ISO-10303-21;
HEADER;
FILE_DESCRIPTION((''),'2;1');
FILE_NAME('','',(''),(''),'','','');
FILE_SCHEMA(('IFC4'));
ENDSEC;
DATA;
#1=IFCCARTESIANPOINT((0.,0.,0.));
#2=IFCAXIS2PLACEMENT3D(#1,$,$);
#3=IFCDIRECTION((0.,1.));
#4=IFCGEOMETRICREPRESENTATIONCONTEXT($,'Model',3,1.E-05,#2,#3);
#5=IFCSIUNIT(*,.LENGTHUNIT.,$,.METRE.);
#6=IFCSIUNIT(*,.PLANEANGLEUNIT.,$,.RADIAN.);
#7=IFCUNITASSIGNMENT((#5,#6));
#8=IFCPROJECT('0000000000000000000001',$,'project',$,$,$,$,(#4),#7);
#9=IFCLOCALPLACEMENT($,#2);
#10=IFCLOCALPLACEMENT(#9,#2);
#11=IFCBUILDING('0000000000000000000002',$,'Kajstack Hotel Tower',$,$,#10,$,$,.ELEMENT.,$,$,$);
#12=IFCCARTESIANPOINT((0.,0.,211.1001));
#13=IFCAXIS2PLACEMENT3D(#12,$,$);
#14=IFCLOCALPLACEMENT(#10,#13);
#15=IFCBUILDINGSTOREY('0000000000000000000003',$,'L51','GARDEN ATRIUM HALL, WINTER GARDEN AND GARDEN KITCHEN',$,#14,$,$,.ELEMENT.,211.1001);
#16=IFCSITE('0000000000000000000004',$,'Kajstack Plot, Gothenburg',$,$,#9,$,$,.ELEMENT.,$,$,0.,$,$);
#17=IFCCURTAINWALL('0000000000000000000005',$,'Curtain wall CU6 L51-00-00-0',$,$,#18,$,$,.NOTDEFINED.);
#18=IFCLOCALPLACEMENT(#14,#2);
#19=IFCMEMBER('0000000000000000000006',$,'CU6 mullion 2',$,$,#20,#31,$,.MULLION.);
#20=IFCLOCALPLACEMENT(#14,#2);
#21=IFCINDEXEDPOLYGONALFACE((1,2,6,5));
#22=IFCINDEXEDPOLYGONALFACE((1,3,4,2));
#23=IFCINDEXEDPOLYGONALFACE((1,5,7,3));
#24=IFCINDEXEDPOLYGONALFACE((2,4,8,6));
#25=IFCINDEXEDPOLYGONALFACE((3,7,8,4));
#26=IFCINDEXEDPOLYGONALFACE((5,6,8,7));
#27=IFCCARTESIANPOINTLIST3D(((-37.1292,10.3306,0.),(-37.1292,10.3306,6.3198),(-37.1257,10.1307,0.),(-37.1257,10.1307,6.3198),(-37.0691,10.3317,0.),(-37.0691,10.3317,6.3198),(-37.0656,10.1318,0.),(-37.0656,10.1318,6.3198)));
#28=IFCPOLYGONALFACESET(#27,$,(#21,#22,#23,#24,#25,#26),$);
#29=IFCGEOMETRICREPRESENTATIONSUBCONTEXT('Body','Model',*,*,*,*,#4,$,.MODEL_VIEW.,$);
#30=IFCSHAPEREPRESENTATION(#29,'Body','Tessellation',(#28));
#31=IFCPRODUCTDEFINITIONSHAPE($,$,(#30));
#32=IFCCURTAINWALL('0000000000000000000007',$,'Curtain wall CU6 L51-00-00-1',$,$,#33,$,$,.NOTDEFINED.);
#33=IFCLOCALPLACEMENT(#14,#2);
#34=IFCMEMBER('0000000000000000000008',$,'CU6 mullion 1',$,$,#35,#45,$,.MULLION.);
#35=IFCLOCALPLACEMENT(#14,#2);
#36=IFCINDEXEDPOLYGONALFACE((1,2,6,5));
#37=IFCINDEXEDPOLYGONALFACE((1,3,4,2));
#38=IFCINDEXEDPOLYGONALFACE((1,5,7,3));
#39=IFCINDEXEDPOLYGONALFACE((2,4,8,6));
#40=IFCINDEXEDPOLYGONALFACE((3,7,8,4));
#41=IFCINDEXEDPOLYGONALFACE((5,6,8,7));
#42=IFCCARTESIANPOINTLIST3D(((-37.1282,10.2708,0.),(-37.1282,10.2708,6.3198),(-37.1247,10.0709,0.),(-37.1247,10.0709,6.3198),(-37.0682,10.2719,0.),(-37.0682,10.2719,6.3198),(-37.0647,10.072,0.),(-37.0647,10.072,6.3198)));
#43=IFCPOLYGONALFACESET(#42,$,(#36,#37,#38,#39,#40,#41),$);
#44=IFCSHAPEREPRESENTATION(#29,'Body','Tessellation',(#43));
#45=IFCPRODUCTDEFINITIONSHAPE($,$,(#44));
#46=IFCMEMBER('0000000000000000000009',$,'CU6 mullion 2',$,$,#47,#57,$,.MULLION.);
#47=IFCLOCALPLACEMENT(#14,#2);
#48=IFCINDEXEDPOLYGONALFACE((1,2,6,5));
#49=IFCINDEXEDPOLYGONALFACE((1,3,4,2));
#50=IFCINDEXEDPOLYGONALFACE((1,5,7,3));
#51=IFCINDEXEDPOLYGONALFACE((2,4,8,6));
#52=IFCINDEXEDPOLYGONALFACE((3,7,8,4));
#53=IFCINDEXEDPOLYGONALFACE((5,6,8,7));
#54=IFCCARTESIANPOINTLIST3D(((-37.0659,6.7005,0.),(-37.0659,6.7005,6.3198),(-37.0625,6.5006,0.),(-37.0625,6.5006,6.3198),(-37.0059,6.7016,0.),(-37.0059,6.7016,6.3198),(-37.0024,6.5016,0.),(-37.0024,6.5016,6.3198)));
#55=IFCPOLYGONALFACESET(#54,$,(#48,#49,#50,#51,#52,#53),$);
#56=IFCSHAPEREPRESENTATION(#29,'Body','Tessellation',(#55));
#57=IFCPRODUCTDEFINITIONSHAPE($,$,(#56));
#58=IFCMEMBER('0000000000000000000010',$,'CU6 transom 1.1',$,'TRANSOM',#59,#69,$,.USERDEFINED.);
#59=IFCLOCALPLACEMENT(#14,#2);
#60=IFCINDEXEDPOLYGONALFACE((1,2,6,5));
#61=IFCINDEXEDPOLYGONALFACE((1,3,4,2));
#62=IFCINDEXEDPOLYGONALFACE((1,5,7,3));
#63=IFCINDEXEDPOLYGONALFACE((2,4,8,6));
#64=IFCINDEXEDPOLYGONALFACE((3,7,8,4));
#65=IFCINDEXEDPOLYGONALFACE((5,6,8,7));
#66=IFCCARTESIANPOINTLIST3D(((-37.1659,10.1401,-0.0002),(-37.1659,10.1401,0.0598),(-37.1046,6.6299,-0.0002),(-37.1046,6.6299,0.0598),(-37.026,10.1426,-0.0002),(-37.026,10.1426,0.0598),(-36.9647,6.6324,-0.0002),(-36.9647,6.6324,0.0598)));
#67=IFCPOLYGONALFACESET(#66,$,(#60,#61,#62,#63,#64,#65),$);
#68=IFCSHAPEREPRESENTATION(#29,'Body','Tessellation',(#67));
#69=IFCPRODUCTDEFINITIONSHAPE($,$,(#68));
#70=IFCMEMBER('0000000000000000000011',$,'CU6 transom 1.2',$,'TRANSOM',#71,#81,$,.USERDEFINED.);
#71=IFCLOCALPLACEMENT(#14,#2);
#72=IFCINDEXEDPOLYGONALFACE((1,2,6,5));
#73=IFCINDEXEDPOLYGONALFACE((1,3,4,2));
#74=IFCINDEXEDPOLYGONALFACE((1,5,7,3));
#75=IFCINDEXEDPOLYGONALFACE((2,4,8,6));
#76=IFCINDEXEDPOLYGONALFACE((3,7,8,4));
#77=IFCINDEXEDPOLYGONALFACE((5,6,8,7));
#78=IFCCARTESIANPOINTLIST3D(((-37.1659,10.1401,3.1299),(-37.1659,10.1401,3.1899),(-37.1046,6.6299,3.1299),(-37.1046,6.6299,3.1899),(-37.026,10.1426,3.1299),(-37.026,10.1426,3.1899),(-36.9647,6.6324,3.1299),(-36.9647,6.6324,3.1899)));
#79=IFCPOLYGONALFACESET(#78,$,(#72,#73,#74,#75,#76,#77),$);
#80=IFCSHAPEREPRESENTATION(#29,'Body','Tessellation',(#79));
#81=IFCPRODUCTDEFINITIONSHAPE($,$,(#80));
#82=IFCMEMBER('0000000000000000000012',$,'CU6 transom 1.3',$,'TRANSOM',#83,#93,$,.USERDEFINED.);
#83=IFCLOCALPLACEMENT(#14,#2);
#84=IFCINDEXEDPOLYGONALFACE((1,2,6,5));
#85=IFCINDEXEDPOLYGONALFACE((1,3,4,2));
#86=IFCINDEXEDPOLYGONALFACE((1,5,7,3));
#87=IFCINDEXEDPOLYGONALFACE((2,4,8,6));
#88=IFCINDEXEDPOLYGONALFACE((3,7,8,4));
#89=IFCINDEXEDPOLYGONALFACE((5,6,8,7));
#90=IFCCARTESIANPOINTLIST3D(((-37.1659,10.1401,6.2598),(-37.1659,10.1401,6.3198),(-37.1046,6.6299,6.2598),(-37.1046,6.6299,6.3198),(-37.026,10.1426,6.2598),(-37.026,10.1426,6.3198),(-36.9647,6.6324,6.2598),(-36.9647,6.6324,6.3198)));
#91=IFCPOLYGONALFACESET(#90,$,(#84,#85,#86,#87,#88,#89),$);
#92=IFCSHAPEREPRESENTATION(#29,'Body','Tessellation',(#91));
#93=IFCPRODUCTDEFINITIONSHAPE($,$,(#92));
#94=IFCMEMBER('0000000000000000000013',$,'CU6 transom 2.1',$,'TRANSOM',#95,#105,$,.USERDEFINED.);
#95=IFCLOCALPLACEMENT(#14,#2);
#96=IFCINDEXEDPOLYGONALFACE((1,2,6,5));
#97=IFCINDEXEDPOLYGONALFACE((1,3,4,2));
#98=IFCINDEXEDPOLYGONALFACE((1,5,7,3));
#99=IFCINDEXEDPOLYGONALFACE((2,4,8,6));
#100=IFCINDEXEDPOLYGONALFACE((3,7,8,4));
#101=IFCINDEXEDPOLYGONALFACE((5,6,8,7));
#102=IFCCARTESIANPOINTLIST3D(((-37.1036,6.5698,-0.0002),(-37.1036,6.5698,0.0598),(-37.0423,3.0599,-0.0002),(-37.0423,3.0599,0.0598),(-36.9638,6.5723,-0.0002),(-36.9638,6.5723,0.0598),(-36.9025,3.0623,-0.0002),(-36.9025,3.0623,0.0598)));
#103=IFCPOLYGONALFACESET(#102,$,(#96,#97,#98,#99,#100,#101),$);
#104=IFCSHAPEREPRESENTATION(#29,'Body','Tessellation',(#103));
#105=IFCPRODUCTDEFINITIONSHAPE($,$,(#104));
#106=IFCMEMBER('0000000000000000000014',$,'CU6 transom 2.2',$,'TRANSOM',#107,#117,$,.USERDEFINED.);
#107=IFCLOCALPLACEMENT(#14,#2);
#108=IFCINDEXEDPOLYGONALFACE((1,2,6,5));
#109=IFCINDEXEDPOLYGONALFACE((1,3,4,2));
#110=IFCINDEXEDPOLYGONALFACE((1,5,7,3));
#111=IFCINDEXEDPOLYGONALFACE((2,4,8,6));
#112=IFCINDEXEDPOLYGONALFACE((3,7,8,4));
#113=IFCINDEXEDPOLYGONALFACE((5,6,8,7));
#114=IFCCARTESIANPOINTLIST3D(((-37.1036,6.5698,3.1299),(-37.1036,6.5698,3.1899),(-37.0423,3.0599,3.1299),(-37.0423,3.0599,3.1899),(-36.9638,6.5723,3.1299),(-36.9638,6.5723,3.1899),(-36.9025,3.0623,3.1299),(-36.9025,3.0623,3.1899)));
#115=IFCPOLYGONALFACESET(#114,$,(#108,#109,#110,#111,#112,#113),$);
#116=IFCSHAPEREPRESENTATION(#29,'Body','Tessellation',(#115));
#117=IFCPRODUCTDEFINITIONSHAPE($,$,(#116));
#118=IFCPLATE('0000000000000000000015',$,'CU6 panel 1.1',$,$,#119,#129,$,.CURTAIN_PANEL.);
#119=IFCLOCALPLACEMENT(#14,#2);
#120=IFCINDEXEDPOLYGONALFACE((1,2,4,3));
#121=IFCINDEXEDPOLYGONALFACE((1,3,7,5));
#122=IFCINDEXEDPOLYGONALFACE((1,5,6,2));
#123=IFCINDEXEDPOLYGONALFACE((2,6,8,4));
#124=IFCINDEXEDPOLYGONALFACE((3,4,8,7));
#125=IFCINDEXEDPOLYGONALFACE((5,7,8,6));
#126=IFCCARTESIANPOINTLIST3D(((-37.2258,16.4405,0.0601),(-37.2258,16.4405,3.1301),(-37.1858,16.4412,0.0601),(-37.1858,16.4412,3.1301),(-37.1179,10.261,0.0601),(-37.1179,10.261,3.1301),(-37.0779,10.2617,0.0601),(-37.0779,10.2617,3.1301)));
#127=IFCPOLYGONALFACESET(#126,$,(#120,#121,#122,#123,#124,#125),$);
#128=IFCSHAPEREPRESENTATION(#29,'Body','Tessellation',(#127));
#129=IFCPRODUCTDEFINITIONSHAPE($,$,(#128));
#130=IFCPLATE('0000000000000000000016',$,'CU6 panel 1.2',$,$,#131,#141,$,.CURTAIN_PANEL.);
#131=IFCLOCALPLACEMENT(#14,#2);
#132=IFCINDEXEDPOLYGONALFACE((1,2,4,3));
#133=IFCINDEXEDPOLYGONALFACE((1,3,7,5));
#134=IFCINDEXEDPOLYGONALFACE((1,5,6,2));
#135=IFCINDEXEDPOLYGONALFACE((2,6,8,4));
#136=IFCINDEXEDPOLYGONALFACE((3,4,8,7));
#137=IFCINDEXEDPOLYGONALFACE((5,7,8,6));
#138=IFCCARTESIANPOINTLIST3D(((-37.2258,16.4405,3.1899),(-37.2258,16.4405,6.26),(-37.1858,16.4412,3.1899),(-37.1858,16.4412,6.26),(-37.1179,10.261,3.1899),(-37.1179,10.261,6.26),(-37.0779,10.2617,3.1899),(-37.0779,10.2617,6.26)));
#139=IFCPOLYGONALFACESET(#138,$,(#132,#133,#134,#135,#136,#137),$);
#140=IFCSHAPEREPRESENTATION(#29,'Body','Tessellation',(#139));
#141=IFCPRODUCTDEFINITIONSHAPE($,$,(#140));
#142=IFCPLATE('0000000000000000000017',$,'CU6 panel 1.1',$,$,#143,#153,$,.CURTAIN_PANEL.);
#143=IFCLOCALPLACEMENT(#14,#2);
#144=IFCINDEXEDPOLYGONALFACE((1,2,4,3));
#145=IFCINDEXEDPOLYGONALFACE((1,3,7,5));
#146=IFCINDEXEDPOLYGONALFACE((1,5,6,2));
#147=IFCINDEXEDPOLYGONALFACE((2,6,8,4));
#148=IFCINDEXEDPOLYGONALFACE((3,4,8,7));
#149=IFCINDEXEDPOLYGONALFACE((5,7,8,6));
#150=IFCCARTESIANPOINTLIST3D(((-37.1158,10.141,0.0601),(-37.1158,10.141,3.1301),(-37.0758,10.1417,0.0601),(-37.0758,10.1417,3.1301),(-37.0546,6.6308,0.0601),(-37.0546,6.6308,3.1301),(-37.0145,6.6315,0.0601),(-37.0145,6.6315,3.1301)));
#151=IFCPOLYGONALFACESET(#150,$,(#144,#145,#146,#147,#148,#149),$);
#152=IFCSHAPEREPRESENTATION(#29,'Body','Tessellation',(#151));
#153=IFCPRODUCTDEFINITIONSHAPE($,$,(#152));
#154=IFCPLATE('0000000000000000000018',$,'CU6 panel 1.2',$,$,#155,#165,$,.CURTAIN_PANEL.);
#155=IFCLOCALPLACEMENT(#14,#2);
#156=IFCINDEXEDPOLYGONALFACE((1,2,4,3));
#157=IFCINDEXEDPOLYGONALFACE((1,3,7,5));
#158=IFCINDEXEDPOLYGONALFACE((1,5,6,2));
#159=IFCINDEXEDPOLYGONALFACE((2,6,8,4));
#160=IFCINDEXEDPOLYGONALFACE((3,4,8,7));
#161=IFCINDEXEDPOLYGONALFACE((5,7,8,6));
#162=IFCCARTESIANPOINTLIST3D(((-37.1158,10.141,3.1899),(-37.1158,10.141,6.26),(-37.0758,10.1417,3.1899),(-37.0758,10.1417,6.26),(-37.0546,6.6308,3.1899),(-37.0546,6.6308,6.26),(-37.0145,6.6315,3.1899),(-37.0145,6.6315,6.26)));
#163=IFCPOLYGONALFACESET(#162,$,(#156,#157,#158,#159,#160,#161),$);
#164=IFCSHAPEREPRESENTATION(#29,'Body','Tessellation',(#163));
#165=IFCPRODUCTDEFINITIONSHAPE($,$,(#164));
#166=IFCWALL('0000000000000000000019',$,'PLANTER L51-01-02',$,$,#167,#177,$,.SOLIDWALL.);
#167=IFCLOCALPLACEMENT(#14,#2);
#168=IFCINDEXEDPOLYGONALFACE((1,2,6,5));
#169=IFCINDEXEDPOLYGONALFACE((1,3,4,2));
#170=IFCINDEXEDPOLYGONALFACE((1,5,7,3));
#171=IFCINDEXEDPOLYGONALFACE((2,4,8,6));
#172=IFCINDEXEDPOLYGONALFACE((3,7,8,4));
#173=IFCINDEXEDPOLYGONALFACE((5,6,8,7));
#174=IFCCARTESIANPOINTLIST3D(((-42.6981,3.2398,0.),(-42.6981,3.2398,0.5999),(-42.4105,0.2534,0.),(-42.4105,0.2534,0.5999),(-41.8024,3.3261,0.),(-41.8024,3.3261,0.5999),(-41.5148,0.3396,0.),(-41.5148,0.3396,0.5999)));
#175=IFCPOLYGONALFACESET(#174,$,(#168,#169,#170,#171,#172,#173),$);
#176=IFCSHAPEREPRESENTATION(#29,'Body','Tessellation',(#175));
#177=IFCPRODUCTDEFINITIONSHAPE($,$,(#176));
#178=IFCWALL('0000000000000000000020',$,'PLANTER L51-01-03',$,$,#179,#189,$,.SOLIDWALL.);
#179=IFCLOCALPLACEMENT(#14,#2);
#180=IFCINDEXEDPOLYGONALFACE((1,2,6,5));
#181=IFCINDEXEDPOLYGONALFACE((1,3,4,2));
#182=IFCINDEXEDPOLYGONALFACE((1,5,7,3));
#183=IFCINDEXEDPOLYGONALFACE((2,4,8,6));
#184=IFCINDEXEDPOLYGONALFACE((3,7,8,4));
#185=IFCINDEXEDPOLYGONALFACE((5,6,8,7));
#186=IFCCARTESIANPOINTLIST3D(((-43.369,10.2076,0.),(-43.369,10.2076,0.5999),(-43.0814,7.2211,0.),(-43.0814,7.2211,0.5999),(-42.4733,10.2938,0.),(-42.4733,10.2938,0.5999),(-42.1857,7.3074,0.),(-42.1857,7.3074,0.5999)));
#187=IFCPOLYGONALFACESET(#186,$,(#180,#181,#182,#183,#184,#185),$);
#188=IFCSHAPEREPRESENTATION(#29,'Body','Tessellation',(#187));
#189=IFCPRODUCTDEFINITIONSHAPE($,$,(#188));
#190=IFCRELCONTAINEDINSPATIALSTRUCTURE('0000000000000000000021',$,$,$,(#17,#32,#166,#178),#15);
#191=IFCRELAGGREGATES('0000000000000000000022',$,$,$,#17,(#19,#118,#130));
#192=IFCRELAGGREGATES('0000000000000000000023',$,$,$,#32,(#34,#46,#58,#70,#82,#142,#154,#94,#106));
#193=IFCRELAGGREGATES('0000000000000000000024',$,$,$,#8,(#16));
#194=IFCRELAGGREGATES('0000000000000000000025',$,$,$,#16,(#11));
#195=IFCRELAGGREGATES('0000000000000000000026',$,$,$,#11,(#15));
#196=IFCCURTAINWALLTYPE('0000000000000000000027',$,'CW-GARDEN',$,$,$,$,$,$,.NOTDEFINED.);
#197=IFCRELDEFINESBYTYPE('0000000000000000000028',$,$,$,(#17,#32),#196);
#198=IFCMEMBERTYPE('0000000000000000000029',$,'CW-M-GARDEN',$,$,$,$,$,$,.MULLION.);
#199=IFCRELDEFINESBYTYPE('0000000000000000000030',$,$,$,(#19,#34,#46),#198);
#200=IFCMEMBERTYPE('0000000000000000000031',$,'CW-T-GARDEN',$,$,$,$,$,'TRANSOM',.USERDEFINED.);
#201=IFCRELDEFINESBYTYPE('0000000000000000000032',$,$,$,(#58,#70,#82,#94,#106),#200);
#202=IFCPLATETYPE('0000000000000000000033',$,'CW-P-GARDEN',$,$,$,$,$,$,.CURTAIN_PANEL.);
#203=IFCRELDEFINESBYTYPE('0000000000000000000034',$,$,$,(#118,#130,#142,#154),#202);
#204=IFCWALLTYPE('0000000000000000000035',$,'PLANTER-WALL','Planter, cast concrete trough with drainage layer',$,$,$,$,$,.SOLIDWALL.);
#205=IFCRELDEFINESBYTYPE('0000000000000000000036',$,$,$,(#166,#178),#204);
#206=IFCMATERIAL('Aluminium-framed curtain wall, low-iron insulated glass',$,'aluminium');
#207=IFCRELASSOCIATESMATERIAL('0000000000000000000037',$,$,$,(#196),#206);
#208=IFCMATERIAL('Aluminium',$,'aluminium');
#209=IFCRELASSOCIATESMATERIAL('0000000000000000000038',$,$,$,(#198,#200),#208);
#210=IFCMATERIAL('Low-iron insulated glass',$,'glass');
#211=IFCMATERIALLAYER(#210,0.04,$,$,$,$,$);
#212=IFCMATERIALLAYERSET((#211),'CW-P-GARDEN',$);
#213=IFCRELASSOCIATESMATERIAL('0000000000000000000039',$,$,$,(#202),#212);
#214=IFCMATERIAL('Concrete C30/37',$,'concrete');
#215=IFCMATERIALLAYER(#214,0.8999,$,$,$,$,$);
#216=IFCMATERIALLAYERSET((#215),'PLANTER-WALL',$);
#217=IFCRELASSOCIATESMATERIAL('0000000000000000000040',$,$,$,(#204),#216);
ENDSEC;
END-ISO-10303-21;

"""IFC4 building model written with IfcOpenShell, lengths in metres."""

from ifc_helpers import new_model, si_unit, direction, frame, frame_2d, origin, origin_2d, place, context, subcontext, project, spatial, rectangle, extrude, material, layer, layer_set, material_profile, profile_set, type_object, element, aggregate, save


model = new_model("IFC4")

# Units and contexts
model_context = context("Model", 3, precision=1e-05, world=origin(), true_north=direction((0.0, 1.0)))
body_context = subcontext(model_context, "Body", "Model", "MODEL_VIEW")
ifc_project = project(units=[si_unit("LENGTHUNIT", "METRE"), si_unit("PLANEANGLEUNIT", "RADIAN")], contexts=[model_context])

# Site, building, storey
site_placement = place(None, origin())
site = spatial("IfcSite", under=ifc_project, at=site_placement, Name="Kajstack Plot, Gothenburg", CompositionType="ELEMENT", RefElevation=0.0)
building_placement = place(site_placement, origin())
building = spatial("IfcBuilding", under=site, at=building_placement, Name="Kajstack Hotel Tower", CompositionType="ELEMENT")
storey_placement = place(building_placement, frame((0.0, 0.0, 211.1001)))
storey = spatial("IfcBuildingStorey", under=building, at=storey_placement, Name="L51", Description="GARDEN ATRIUM HALL, WINTER GARDEN AND GARDEN KITCHEN", CompositionType="ELEMENT", Elevation=211.1001)

# Curtain wall, member
ifc_material_1 = material(Name="Aluminium-framed curtain wall, low-iron insulated glass", Category="aluminium")
curtain_wall_type = type_object("IfcCurtainWallType", Name="CW-GARDEN", PredefinedType="NOTDEFINED", material=ifc_material_1)
curtain_wall_1_placement = place(storey_placement, origin())
curtain_wall_1 = element("IfcCurtainWall", 1, at=curtain_wall_1_placement, inside=storey, type_object=curtain_wall_type, Name="Curtain wall CU6 L51-00-00-0", PredefinedType="NOTDEFINED")
ifc_material_2 = material(Name="Aluminium", Category="aluminium")
ifc_material_profile_1 = material_profile(ifc_material_2, rectangle(XDim=0.0601, YDim=0.2, at=origin_2d()), Name="Aluminium mullion 60 x 200")
ifc_profile_set_1 = profile_set([ifc_material_profile_1], Name="Aluminium")
member_type_1 = type_object("IfcMemberType", Name="CW-M-GARDEN", PredefinedType="MULLION", material=ifc_profile_set_1)
member_1_placement = place(storey_placement, frame((-37.0974, 10.2312, 0.0), z_axis=(0.0, 0.0, 1.0), x_axis=(0.999848, 0.017454, 0.0)))
member_1 = element("IfcMember", 2, at=member_1_placement, type_object=member_type_1, Name="CU6 mullion 2", PredefinedType="MULLION", context=body_context, shape_type="SweptSolid", body=[
    extrude(rectangle(XDim=0.0601, YDim=0.2, at=origin_2d()), origin(), (0.0, 0.0, 1.0), 6.3198),
])

# Curtain wall, members
curtain_wall_2_placement = place(storey_placement, origin())
curtain_wall_2 = element("IfcCurtainWall", 3, at=curtain_wall_2_placement, inside=storey, type_object=curtain_wall_type, Name="Curtain wall CU6 L51-00-00-1", PredefinedType="NOTDEFINED")
member_2_placement = place(storey_placement, frame((-37.0964, 10.1714, 0.0), z_axis=(0.0, 0.0, 1.0), x_axis=(0.999848, 0.017455, 0.0)))
member_2 = element("IfcMember", 4, at=member_2_placement, type_object=member_type_1, Name="CU6 mullion 1", PredefinedType="MULLION", context=body_context, shape_type="SweptSolid", body=[
    extrude(rectangle(XDim=0.0601, YDim=0.2, at=origin_2d()), origin(), (0.0, 0.0, 1.0), 6.3198),
])
member_3_placement = place(storey_placement, frame((-37.0342, 6.6011, 0.0), z_axis=(0.0, 0.0, 1.0), x_axis=(0.999848, 0.017455, 0.0)))
member_3 = element("IfcMember", 5, at=member_3_placement, type_object=member_type_1, Name="CU6 mullion 2", PredefinedType="MULLION", context=body_context, shape_type="SweptSolid", body=[
    extrude(rectangle(XDim=0.0601, YDim=0.2, at=origin_2d()), origin(), (0.0, 0.0, 1.0), 6.3198),
])
ifc_material_profile_2 = material_profile(ifc_material_2, rectangle(XDim=0.1399, YDim=0.0601, at=origin_2d()), Name="Aluminium transom 140 x 60")
ifc_profile_set_2 = profile_set([ifc_material_profile_2], Name="Aluminium")
member_type_2 = type_object("IfcMemberType", Name="CW-T-GARDEN", ElementType="TRANSOM", PredefinedType="USERDEFINED", material=ifc_profile_set_2)
member_4_placement = place(storey_placement, frame((-37.0959, 10.1414, 0.0298), z_axis=(0.017455, -0.999848, 0.0), x_axis=(0.999848, 0.017455, 0.0)))
member_4 = element("IfcMember", 6, at=member_4_placement, type_object=member_type_2, Name="CU6 transom 1.1", ObjectType="TRANSOM", PredefinedType="USERDEFINED", context=body_context, shape_type="SweptSolid", body=[
    extrude(rectangle(XDim=0.1399, YDim=0.0601, at=origin_2d()), origin(), (0.0, 0.0, 1.0), 3.5107),
])
member_5_placement = place(storey_placement, frame((-37.0959, 10.1414, 3.1599), z_axis=(0.017455, -0.999848, 0.0), x_axis=(0.999848, 0.017455, 0.0)))
member_5 = element("IfcMember", 7, at=member_5_placement, type_object=member_type_2, Name="CU6 transom 1.2", ObjectType="TRANSOM", PredefinedType="USERDEFINED", context=body_context, shape_type="SweptSolid", body=[
    extrude(rectangle(XDim=0.1399, YDim=0.0601, at=origin_2d()), origin(), (0.0, 0.0, 1.0), 3.5107),
])
member_6_placement = place(storey_placement, frame((-37.0959, 10.1414, 6.2898), z_axis=(0.017455, -0.999848, 0.0), x_axis=(0.999848, 0.017455, 0.0)))
member_6 = element("IfcMember", 8, at=member_6_placement, type_object=member_type_2, Name="CU6 transom 1.3", ObjectType="TRANSOM", PredefinedType="USERDEFINED", context=body_context, shape_type="SweptSolid", body=[
    extrude(rectangle(XDim=0.1399, YDim=0.0601, at=origin_2d()), origin(), (0.0, 0.0, 1.0), 3.5107),
])
member_7_placement = place(storey_placement, frame((-37.0337, 6.571, 0.0298), z_axis=(0.017456, -0.999848, 0.0), x_axis=(0.999848, 0.017456, 0.0)))
member_7 = element("IfcMember", 9, at=member_7_placement, type_object=member_type_2, Name="CU6 transom 2.1", ObjectType="TRANSOM", PredefinedType="USERDEFINED", context=body_context, shape_type="SweptSolid", body=[
    extrude(rectangle(XDim=0.1399, YDim=0.0601, at=origin_2d()), origin(), (0.0, 0.0, 1.0), 3.5105),
])
member_8_placement = place(storey_placement, frame((-37.0337, 6.571, 3.1599), z_axis=(0.017456, -0.999848, 0.0), x_axis=(0.999848, 0.017456, 0.0)))
member_8 = element("IfcMember", 10, at=member_8_placement, type_object=member_type_2, Name="CU6 transom 2.2", ObjectType="TRANSOM", PredefinedType="USERDEFINED", context=body_context, shape_type="SweptSolid", body=[
    extrude(rectangle(XDim=0.1399, YDim=0.0601, at=origin_2d()), origin(), (0.0, 0.0, 1.0), 3.5105),
])

# Plates
ifc_material_3 = material(Name="Low-iron insulated glass", Category="glass")
ifc_layer_1 = layer(ifc_material_3, 0.04)
ifc_layer_set_1 = layer_set([ifc_layer_1], Name="CW-P-GARDEN")
plate_type = type_object("IfcPlateType", Name="CW-P-GARDEN", PredefinedType="CURTAIN_PANEL", material=ifc_layer_set_1)
plate_1_placement = place(storey_placement, frame((-37.1519, 13.3511, 0.0601), z_axis=(0.0, 0.0, 1.0), x_axis=(0.017454, -0.999848, 0.0)))
plate_1 = element("IfcPlate", 11, at=plate_1_placement, type_object=plate_type, Name="CU6 panel 1.1", PredefinedType="CURTAIN_PANEL", context=body_context, shape_type="SweptSolid", body=[
    extrude(rectangle(XDim=6.1804, YDim=0.04, at=origin_2d()), origin(), (0.0, 0.0, 1.0), 3.0701),
])
plate_2_placement = place(storey_placement, frame((-37.1519, 13.3511, 3.1899), z_axis=(0.0, 0.0, 1.0), x_axis=(0.017454, -0.999848, 0.0)))
plate_2 = element("IfcPlate", 12, at=plate_2_placement, type_object=plate_type, Name="CU6 panel 1.2", PredefinedType="CURTAIN_PANEL", context=body_context, shape_type="SweptSolid", body=[
    extrude(rectangle(XDim=6.1804, YDim=0.04, at=origin_2d()), origin(), (0.0, 0.0, 1.0), 3.0701),
])
aggregate(curtain_wall_1, [member_1, plate_1, plate_2])
plate_3_placement = place(storey_placement, frame((-37.0652, 8.3862, 0.0601), z_axis=(0.0, 0.0, 1.0), x_axis=(0.017455, -0.999848, 0.0)))
plate_3 = element("IfcPlate", 13, at=plate_3_placement, type_object=plate_type, Name="CU6 panel 1.1", PredefinedType="CURTAIN_PANEL", context=body_context, shape_type="SweptSolid", body=[
    extrude(rectangle(XDim=3.5107, YDim=0.04, at=origin_2d()), origin(), (0.0, 0.0, 1.0), 3.0701),
])
plate_4_placement = place(storey_placement, frame((-37.0652, 8.3862, 3.1899), z_axis=(0.0, 0.0, 1.0), x_axis=(0.017455, -0.999848, 0.0)))
plate_4 = element("IfcPlate", 14, at=plate_4_placement, type_object=plate_type, Name="CU6 panel 1.2", PredefinedType="CURTAIN_PANEL", context=body_context, shape_type="SweptSolid", body=[
    extrude(rectangle(XDim=3.5107, YDim=0.04, at=origin_2d()), origin(), (0.0, 0.0, 1.0), 3.0701),
])
aggregate(curtain_wall_2, [member_2, member_3, member_4, member_5, member_6, plate_3, plate_4, member_7, member_8])

# Walls
ifc_material_4 = material(Name="Concrete C30/37", Category="concrete")
ifc_layer_2 = layer(ifc_material_4, 0.8999)
ifc_layer_set_2 = layer_set([ifc_layer_2], Name="PLANTER-WALL")
wall_type = type_object("IfcWallType", Name="PLANTER-WALL", Description="Planter, cast concrete trough with drainage layer", PredefinedType="SOLIDWALL", material=ifc_layer_set_2)
for number, where, z_axis, x_axis, name in (
    (15, (-41.9626, 0.2966, 0.0), (0.0, 0.0, 1.0), (-0.095861, 0.995395, 0.0), "PLANTER L51-01-02"),
    (16, (-42.6335, 7.2644, 0.0), (0.0, 0.0, 1.0), (-0.095861, 0.995395, 0.0), "PLANTER L51-01-03"),
):
    element("IfcWall", number, at=place(storey_placement, frame(where, z_axis=z_axis, x_axis=x_axis)), inside=storey, type_object=wall_type, Name=name, PredefinedType="SOLIDWALL", context=body_context, shape_type="SweptSolid", body=[
        extrude(rectangle(XDim=3.0002, YDim=0.8999, at=frame_2d((1.5, 0.0))), origin(), (0.0, 0.0, 1.0), 0.5999),
    ])

save(model, "model.ifc")
